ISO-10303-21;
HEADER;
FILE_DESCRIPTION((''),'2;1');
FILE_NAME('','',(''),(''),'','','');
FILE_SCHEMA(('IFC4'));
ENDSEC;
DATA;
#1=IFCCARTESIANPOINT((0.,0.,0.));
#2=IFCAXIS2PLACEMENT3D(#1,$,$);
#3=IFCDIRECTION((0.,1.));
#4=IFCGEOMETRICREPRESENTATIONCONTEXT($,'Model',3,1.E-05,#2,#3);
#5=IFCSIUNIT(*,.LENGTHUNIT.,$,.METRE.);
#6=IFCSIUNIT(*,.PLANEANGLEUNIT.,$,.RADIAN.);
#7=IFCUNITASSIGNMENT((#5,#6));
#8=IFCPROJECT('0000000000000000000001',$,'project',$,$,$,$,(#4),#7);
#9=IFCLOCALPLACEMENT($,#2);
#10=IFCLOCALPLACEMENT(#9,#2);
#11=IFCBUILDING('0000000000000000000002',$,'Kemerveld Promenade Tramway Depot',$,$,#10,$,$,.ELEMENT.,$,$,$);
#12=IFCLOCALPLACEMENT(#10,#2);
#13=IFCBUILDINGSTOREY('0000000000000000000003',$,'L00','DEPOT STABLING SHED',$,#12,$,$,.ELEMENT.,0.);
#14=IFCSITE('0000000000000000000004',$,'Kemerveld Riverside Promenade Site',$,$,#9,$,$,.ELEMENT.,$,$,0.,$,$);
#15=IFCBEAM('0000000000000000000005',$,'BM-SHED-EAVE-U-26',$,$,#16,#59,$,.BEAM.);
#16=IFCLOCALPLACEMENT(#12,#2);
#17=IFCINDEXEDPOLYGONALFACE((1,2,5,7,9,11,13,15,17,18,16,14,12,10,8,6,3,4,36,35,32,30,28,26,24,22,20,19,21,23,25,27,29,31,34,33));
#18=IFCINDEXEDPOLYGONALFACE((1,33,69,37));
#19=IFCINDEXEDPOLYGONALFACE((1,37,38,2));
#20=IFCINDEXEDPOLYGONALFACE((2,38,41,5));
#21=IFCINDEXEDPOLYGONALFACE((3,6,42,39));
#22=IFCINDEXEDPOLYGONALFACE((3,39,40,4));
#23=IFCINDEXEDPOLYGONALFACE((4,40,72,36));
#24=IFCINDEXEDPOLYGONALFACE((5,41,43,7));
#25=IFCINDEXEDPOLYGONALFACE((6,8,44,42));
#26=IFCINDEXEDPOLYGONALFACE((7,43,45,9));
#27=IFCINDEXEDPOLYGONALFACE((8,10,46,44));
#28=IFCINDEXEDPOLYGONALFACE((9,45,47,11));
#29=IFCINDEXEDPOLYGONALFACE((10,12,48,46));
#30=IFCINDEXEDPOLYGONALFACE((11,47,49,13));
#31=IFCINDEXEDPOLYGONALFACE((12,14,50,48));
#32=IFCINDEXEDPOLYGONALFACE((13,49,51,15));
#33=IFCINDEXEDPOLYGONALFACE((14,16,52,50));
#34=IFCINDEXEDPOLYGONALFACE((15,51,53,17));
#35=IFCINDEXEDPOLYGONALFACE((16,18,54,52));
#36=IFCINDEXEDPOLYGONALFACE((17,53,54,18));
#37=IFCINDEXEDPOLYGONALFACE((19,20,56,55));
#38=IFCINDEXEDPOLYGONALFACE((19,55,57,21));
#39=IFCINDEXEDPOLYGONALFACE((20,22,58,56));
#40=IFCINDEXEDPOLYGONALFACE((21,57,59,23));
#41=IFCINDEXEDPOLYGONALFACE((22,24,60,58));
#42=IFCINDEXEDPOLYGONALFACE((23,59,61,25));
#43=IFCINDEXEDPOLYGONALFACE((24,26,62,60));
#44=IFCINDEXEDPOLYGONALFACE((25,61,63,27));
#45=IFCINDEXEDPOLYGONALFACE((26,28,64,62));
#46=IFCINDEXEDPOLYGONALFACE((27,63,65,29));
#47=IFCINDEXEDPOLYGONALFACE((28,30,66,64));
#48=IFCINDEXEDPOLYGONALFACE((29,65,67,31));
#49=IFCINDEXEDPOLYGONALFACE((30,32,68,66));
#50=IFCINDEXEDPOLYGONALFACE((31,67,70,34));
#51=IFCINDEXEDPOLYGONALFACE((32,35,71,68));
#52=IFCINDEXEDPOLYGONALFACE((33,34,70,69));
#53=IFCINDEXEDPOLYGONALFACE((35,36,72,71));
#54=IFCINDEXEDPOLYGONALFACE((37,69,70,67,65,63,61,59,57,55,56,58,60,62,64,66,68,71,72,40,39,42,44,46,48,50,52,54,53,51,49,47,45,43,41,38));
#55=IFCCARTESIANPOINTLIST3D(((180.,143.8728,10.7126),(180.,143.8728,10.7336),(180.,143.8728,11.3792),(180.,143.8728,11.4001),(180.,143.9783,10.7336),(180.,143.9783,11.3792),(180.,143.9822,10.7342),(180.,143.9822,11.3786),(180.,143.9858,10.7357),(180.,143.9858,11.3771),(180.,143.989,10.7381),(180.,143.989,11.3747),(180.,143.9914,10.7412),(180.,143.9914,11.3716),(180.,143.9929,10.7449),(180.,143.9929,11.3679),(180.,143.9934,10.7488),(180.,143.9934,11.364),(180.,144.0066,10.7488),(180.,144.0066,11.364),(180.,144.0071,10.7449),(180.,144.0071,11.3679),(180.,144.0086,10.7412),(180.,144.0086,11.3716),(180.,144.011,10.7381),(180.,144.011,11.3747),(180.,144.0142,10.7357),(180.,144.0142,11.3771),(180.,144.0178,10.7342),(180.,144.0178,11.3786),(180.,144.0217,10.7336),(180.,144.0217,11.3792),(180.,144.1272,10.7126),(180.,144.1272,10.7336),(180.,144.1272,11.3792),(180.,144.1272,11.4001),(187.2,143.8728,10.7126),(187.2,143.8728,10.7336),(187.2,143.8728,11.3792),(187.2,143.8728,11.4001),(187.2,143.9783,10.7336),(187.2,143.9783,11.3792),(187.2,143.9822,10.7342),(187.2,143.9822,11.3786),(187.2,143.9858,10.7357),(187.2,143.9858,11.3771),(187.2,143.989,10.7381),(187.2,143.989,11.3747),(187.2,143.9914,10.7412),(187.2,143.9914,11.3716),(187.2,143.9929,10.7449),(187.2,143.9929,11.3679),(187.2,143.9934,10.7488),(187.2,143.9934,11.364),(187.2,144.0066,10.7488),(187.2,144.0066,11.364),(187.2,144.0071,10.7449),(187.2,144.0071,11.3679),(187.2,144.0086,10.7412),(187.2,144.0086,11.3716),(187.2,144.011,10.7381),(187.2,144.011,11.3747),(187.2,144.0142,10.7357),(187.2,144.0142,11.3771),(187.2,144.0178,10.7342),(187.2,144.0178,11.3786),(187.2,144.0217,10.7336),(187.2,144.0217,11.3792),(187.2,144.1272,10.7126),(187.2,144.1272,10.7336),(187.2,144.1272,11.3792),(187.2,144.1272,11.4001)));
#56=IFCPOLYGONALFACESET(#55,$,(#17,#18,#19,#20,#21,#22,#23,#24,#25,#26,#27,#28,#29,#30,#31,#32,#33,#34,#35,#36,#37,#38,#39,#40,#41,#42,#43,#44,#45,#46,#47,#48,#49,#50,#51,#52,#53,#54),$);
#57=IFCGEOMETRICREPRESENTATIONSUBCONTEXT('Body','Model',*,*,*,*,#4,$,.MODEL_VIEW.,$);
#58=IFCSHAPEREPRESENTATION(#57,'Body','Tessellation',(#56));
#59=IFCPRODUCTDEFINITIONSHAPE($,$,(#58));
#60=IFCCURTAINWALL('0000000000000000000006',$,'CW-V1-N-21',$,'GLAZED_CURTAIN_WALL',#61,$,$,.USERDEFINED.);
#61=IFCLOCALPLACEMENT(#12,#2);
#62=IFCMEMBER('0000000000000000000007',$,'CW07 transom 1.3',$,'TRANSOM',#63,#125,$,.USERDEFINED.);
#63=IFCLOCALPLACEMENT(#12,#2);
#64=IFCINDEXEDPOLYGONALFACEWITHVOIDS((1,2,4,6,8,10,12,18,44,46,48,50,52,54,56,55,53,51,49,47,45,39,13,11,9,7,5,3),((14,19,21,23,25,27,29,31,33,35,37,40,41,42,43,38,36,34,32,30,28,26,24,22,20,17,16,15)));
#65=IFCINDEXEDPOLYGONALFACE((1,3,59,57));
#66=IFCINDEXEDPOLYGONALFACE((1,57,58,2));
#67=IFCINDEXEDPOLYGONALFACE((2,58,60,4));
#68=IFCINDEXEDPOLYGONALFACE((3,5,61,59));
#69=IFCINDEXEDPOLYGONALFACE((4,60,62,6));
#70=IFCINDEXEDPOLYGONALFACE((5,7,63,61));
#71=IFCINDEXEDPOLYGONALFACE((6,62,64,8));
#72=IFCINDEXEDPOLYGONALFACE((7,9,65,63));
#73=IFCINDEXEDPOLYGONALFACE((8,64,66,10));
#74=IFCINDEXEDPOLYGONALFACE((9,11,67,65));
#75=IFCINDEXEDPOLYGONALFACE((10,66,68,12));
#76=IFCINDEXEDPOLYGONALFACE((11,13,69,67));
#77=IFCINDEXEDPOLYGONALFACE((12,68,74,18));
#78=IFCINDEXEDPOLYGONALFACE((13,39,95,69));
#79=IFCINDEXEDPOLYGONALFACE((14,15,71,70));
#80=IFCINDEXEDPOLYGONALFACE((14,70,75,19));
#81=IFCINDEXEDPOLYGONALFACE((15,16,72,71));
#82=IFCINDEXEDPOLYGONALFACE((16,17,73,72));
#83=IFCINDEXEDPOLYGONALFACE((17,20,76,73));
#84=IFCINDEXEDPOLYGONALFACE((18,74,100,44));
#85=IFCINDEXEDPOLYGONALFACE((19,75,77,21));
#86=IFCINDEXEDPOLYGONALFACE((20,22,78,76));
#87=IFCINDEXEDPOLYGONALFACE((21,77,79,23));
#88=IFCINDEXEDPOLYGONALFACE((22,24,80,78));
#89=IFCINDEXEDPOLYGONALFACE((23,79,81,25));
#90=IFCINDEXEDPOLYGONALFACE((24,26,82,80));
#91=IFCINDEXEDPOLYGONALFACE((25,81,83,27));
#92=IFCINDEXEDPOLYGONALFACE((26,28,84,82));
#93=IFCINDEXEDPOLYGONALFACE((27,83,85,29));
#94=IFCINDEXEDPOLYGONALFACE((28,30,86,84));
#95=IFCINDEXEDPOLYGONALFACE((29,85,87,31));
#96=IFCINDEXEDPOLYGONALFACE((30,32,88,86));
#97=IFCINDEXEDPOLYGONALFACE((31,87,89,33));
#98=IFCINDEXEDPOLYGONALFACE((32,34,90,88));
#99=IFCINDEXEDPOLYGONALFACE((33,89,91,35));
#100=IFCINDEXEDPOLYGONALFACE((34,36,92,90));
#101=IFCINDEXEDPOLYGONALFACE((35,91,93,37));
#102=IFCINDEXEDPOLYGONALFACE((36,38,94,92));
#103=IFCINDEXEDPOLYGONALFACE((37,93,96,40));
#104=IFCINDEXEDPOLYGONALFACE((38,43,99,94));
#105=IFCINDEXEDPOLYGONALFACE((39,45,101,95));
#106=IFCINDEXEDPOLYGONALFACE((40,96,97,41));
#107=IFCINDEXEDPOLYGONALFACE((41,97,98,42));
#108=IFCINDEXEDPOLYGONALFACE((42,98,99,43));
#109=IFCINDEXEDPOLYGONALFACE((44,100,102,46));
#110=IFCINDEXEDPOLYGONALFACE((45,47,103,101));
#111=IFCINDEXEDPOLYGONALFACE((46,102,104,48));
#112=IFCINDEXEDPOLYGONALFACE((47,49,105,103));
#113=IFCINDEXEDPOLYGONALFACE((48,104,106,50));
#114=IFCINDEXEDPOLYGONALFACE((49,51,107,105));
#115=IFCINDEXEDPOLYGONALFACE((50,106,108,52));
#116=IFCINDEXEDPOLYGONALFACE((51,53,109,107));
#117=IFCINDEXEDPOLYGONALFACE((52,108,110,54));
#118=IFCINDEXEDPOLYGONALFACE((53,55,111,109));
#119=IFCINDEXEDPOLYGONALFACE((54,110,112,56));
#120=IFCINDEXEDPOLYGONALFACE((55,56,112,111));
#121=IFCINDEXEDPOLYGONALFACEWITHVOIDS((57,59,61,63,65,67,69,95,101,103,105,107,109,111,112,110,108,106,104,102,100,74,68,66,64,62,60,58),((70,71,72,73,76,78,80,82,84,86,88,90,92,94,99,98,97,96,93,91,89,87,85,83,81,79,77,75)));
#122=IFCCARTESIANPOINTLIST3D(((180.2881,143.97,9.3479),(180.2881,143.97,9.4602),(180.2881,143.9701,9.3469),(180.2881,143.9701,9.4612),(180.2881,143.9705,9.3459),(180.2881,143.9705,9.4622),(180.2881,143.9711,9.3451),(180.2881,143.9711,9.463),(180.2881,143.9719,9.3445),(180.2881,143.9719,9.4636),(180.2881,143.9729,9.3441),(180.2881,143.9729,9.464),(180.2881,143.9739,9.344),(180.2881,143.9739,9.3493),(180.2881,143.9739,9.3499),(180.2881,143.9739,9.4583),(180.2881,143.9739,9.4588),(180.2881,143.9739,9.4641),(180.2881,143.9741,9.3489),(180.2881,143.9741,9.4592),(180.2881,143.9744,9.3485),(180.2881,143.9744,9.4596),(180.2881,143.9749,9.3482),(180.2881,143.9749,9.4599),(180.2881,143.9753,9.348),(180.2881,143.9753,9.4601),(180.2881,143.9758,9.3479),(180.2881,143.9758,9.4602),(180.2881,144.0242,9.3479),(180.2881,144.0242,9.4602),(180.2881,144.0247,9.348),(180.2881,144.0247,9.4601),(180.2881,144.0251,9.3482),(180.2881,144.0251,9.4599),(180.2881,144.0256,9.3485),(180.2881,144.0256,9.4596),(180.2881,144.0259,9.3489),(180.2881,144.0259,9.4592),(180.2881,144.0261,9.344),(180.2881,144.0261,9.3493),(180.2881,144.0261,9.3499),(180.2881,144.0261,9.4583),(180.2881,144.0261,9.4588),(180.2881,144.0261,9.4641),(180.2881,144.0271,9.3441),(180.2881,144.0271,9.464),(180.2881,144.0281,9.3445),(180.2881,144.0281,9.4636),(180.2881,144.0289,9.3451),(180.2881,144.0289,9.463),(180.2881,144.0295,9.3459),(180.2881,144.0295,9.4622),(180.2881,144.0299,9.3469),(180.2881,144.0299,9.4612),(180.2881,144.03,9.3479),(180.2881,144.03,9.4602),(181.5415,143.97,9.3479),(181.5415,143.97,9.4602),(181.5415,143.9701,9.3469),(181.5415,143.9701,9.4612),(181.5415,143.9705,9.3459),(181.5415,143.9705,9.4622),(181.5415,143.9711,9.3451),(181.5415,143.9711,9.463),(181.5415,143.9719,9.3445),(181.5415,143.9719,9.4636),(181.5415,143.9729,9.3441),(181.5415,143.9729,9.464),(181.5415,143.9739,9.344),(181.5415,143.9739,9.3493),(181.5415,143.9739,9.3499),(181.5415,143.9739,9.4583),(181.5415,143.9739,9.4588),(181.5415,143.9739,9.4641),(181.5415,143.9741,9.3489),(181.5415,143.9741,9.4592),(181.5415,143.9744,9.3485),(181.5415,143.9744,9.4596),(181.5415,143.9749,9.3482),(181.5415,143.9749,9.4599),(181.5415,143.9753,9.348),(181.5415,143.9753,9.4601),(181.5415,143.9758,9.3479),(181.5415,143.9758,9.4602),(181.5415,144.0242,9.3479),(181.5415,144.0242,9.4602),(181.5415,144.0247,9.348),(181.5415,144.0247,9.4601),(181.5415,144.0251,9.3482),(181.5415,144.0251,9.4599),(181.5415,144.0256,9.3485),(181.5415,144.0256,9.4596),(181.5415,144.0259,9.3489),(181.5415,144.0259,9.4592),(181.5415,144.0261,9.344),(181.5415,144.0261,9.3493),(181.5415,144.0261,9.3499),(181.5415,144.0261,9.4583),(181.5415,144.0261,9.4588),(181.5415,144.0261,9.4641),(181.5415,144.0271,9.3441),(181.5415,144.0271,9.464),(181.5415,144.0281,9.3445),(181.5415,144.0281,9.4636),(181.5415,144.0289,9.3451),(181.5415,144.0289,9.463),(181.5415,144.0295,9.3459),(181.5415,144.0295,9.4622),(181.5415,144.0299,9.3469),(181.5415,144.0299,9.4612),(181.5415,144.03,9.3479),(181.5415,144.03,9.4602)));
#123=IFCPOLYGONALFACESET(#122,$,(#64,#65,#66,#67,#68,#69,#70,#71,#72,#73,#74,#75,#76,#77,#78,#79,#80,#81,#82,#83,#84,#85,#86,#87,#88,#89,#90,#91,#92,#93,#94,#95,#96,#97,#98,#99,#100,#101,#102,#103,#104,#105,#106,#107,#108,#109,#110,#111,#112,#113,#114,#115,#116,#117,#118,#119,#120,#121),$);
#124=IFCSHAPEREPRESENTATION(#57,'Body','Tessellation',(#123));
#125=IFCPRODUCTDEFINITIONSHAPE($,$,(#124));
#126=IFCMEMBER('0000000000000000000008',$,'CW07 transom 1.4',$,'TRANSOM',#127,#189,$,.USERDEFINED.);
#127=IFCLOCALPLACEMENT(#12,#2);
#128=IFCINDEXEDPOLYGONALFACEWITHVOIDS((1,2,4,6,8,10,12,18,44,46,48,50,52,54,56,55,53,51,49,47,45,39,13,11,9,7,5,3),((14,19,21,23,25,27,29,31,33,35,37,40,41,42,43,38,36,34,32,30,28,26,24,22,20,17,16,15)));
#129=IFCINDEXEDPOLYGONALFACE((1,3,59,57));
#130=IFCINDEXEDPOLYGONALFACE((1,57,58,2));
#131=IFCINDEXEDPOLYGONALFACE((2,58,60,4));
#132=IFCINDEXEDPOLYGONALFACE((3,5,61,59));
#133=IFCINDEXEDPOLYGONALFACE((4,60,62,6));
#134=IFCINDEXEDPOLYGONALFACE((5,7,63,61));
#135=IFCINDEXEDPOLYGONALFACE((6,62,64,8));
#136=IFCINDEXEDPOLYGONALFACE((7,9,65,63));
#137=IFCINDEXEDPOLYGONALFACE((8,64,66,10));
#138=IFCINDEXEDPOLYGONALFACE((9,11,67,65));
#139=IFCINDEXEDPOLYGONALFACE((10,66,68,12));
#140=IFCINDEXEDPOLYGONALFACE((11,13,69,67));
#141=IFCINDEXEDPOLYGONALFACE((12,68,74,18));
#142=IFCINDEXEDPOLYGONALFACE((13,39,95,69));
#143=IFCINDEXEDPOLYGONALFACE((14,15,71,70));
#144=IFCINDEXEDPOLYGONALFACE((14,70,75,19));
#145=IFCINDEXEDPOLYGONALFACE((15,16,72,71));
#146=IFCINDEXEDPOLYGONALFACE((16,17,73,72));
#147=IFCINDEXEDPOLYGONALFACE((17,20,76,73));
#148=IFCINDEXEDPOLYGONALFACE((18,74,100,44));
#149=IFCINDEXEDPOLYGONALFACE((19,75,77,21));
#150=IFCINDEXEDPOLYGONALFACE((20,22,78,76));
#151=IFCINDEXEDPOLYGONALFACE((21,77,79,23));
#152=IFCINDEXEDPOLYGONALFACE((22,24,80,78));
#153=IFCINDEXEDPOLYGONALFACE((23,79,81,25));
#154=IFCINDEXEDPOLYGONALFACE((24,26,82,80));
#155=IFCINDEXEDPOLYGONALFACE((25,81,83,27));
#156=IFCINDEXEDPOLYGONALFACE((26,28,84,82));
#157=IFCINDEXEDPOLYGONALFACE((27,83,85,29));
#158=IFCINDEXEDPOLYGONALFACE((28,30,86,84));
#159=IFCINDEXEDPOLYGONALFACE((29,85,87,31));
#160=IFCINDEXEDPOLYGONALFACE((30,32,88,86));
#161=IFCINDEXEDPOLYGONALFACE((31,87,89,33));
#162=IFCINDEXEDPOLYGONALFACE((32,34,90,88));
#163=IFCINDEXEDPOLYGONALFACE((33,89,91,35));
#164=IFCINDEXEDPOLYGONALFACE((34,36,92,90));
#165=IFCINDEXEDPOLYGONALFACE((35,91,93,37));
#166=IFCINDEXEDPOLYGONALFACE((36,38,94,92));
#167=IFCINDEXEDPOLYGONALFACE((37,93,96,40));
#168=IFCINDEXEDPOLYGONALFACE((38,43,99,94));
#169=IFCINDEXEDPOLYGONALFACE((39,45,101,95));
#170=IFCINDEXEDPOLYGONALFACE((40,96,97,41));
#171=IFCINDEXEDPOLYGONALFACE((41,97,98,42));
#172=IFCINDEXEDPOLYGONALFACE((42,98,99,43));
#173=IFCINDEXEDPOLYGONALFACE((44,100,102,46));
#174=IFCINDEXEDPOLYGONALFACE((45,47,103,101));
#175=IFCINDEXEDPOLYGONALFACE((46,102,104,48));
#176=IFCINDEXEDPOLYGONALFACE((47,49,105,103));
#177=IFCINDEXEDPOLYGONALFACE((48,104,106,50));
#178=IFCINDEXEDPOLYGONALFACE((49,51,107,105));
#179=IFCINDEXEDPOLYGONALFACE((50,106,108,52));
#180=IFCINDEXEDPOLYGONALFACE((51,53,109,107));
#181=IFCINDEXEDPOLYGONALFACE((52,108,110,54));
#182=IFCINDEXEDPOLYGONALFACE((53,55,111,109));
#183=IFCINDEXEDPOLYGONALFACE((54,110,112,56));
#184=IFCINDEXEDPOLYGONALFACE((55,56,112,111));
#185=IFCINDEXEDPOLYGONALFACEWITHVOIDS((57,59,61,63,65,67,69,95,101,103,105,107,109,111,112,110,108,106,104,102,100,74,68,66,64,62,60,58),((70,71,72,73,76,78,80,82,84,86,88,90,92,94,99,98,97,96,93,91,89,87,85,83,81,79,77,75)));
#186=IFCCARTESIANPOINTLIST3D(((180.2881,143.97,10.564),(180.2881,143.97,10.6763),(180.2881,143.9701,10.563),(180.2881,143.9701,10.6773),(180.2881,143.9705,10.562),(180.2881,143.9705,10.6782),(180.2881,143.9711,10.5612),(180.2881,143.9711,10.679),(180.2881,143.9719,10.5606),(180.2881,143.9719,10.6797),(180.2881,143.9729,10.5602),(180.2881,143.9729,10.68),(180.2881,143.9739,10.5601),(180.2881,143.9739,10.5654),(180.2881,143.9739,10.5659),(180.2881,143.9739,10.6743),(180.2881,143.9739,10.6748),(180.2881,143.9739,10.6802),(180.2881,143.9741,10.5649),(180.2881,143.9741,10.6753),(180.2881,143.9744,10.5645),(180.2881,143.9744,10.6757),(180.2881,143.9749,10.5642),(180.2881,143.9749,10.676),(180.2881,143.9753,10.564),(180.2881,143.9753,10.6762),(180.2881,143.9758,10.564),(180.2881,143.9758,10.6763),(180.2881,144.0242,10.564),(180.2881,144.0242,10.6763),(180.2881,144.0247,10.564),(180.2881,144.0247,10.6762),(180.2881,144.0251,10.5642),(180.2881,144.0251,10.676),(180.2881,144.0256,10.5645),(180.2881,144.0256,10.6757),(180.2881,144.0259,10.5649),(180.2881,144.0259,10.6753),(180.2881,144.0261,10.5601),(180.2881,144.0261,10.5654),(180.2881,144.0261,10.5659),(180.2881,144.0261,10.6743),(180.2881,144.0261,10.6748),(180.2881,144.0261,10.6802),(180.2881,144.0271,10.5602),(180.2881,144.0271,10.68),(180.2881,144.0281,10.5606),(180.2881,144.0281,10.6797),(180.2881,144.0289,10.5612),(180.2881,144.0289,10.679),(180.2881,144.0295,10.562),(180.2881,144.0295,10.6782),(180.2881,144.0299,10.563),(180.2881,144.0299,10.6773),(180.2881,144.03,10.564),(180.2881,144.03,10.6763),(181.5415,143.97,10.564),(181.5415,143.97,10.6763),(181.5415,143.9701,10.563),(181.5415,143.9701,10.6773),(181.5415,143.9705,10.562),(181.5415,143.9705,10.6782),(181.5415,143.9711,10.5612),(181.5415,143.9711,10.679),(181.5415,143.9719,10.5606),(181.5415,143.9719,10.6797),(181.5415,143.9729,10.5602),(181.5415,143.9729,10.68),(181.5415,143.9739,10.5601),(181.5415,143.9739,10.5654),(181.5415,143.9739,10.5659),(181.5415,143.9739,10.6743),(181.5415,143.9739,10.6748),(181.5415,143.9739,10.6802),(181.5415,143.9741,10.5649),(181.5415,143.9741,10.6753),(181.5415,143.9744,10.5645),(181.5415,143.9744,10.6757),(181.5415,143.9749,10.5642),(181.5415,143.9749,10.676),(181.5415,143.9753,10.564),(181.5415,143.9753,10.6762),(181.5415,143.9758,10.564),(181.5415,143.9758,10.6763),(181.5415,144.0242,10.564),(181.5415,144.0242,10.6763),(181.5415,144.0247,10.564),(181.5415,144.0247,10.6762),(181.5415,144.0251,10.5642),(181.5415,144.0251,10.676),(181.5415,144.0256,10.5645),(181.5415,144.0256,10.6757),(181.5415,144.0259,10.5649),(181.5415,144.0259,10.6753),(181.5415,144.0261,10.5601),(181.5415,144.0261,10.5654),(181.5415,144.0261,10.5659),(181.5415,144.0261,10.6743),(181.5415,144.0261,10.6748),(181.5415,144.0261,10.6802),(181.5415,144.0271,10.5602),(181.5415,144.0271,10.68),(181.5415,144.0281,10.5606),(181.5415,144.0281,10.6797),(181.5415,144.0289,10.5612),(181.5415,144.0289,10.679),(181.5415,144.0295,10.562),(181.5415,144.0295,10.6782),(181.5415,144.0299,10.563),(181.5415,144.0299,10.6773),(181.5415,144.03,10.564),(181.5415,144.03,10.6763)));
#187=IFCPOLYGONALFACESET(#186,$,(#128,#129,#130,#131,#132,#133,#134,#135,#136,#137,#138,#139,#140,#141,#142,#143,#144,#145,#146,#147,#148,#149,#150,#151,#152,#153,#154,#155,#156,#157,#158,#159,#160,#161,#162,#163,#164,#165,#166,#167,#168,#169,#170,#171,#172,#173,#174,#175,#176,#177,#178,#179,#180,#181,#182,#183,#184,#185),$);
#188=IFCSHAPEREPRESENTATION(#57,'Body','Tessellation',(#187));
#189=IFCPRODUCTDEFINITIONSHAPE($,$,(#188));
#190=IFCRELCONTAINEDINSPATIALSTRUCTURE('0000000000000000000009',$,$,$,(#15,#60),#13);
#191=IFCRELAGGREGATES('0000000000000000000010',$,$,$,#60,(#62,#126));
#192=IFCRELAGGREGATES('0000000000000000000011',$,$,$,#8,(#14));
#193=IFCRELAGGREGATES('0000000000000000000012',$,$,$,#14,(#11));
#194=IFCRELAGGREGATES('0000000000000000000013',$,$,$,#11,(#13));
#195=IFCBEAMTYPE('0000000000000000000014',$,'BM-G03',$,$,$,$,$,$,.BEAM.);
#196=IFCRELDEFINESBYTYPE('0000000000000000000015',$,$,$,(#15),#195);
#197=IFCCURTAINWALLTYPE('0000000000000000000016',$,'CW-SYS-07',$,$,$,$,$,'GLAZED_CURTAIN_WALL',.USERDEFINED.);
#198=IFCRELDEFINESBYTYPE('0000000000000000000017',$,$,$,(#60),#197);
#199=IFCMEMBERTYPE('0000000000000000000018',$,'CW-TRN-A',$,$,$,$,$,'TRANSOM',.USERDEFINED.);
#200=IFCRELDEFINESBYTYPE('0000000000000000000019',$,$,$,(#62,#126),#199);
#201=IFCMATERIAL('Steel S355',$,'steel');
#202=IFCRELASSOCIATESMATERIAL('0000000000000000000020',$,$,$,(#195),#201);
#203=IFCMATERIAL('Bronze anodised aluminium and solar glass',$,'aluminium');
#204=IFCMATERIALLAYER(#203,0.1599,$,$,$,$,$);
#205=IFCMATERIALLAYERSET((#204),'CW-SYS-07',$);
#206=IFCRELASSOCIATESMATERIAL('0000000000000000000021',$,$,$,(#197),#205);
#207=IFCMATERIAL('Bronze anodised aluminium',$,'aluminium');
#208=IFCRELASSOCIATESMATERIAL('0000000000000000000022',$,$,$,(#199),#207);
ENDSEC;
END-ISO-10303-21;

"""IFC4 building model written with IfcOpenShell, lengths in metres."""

from ifc_helpers import new_model, si_unit, direction, frame, origin, origin_2d, place, context, subcontext, project, spatial, hollow_rectangle, i_section, extrude, material, layer, layer_set, material_profile, profile_set, type_object, element, aggregate, save


model = new_model("IFC4")

# Units and contexts
model_context = context("Model", 3, precision=1e-05, world=origin(), true_north=direction((0.0, 1.0)))
body_context = subcontext(model_context, "Body", "Model", "MODEL_VIEW")
ifc_project = project(units=[si_unit("LENGTHUNIT", "METRE"), si_unit("PLANEANGLEUNIT", "RADIAN")], contexts=[model_context])

# Site, building, storey
site_placement = place(None, origin())
site = spatial("IfcSite", under=ifc_project, at=site_placement, Name="Kemerveld Riverside Promenade Site", CompositionType="ELEMENT", RefElevation=0.0)
building_placement = place(site_placement, origin())
building = spatial("IfcBuilding", under=site, at=building_placement, Name="Kemerveld Promenade Tramway Depot", CompositionType="ELEMENT")
storey_placement = place(building_placement, origin())
storey = spatial("IfcBuildingStorey", under=building, at=storey_placement, Name="L00", Description="DEPOT STABLING SHED", CompositionType="ELEMENT", Elevation=0.0)

# Beam
ifc_material_1 = material(Name="Steel S355", Category="steel")
ifc_material_profile_1 = material_profile(ifc_material_1, i_section(OverallWidth=0.2544, OverallDepth=0.6875, WebThickness=0.0132, FlangeThickness=0.021, FilletRadius=0.0151, at=origin_2d()), Name="686x254x152 UB")
ifc_profile_set_1 = profile_set([ifc_material_profile_1], Name="Steel S355")
beam_type = type_object("IfcBeamType", Name="BM-G03", PredefinedType="BEAM", material=ifc_profile_set_1)
beam_placement = place(storey_placement, frame((180.0, 144.0, 11.0564), z_axis=(1.0, 0.0, 0.0), x_axis=(0.0, 1.0, 0.0)))
element("IfcBeam", 1, at=beam_placement, inside=storey, type_object=beam_type, Name="BM-SHED-EAVE-U-26", PredefinedType="BEAM", context=body_context, shape_type="SweptSolid", body=[
    extrude(i_section(OverallWidth=0.2544, OverallDepth=0.6875, WebThickness=0.0132, FlangeThickness=0.021, FilletRadius=0.0151, at=origin_2d()), origin(), (0.0, 0.0, 1.0), 7.2),
])

# Curtain wall, members
ifc_material_2 = material(Name="Bronze anodised aluminium and solar glass", Category="aluminium")
ifc_layer_1 = layer(ifc_material_2, 0.1599)
ifc_layer_set_1 = layer_set([ifc_layer_1], Name="CW-SYS-07")
curtain_wall_type_1 = type_object("IfcCurtainWallType", Name="CW-SYS-07", ElementType="GLAZED_CURTAIN_WALL", PredefinedType="USERDEFINED", material=ifc_layer_set_1)
curtain_wall_1_placement = place(storey_placement, origin())
curtain_wall_1 = element("IfcCurtainWall", 2, at=curtain_wall_1_placement, inside=storey, type_object=curtain_wall_type_1, Name="CW-V1-N-21", ObjectType="GLAZED_CURTAIN_WALL", PredefinedType="USERDEFINED")
ifc_material_3 = material(Name="Bronze anodised aluminium", Category="aluminium")
ifc_material_profile_2 = material_profile(ifc_material_3, hollow_rectangle(XDim=0.0601, YDim=0.1201, WallThickness=0.0039, InnerFilletRadius=0.002, OuterFilletRadius=0.0039, at=origin_2d()), Name="CW-TRN-120x60")
ifc_profile_set_2 = profile_set([ifc_material_profile_2], Name="Bronze anodised aluminium")
member_type_1 = type_object("IfcMemberType", Name="CW-TRN-A", ElementType="TRANSOM", PredefinedType="USERDEFINED", material=ifc_profile_set_2)
member_1_placement = place(storey_placement, frame((180.2881, 144.0, 9.4041), z_axis=(1.0, 0.0, 0.0), x_axis=(0.0, 1.0, 0.0)))
member_1 = element("IfcMember", 3, at=member_1_placement, type_object=member_type_1, Name="CW07 transom 1.3", ObjectType="TRANSOM", PredefinedType="USERDEFINED", context=body_context, shape_type="SweptSolid", body=[
    extrude(hollow_rectangle(XDim=0.0601, YDim=0.1201, WallThickness=0.0039, InnerFilletRadius=0.002, OuterFilletRadius=0.0039, at=origin_2d()), origin(), (0.0, 0.0, 1.0), 1.2534),
])
member_2_placement = place(storey_placement, frame((180.2881, 144.0, 10.6201), z_axis=(1.0, 0.0, 0.0), x_axis=(0.0, 1.0, 0.0)))
member_2 = element("IfcMember", 4, at=member_2_placement, type_object=member_type_1, Name="CW07 transom 1.4", ObjectType="TRANSOM", PredefinedType="USERDEFINED", context=body_context, shape_type="SweptSolid", body=[
    extrude(hollow_rectangle(XDim=0.0601, YDim=0.1201, WallThickness=0.0039, InnerFilletRadius=0.002, OuterFilletRadius=0.0039, at=origin_2d()), origin(), (0.0, 0.0, 1.0), 1.2534),
])

aggregate(curtain_wall_1, [member_1, member_2])

save(model, "model.ifc")
